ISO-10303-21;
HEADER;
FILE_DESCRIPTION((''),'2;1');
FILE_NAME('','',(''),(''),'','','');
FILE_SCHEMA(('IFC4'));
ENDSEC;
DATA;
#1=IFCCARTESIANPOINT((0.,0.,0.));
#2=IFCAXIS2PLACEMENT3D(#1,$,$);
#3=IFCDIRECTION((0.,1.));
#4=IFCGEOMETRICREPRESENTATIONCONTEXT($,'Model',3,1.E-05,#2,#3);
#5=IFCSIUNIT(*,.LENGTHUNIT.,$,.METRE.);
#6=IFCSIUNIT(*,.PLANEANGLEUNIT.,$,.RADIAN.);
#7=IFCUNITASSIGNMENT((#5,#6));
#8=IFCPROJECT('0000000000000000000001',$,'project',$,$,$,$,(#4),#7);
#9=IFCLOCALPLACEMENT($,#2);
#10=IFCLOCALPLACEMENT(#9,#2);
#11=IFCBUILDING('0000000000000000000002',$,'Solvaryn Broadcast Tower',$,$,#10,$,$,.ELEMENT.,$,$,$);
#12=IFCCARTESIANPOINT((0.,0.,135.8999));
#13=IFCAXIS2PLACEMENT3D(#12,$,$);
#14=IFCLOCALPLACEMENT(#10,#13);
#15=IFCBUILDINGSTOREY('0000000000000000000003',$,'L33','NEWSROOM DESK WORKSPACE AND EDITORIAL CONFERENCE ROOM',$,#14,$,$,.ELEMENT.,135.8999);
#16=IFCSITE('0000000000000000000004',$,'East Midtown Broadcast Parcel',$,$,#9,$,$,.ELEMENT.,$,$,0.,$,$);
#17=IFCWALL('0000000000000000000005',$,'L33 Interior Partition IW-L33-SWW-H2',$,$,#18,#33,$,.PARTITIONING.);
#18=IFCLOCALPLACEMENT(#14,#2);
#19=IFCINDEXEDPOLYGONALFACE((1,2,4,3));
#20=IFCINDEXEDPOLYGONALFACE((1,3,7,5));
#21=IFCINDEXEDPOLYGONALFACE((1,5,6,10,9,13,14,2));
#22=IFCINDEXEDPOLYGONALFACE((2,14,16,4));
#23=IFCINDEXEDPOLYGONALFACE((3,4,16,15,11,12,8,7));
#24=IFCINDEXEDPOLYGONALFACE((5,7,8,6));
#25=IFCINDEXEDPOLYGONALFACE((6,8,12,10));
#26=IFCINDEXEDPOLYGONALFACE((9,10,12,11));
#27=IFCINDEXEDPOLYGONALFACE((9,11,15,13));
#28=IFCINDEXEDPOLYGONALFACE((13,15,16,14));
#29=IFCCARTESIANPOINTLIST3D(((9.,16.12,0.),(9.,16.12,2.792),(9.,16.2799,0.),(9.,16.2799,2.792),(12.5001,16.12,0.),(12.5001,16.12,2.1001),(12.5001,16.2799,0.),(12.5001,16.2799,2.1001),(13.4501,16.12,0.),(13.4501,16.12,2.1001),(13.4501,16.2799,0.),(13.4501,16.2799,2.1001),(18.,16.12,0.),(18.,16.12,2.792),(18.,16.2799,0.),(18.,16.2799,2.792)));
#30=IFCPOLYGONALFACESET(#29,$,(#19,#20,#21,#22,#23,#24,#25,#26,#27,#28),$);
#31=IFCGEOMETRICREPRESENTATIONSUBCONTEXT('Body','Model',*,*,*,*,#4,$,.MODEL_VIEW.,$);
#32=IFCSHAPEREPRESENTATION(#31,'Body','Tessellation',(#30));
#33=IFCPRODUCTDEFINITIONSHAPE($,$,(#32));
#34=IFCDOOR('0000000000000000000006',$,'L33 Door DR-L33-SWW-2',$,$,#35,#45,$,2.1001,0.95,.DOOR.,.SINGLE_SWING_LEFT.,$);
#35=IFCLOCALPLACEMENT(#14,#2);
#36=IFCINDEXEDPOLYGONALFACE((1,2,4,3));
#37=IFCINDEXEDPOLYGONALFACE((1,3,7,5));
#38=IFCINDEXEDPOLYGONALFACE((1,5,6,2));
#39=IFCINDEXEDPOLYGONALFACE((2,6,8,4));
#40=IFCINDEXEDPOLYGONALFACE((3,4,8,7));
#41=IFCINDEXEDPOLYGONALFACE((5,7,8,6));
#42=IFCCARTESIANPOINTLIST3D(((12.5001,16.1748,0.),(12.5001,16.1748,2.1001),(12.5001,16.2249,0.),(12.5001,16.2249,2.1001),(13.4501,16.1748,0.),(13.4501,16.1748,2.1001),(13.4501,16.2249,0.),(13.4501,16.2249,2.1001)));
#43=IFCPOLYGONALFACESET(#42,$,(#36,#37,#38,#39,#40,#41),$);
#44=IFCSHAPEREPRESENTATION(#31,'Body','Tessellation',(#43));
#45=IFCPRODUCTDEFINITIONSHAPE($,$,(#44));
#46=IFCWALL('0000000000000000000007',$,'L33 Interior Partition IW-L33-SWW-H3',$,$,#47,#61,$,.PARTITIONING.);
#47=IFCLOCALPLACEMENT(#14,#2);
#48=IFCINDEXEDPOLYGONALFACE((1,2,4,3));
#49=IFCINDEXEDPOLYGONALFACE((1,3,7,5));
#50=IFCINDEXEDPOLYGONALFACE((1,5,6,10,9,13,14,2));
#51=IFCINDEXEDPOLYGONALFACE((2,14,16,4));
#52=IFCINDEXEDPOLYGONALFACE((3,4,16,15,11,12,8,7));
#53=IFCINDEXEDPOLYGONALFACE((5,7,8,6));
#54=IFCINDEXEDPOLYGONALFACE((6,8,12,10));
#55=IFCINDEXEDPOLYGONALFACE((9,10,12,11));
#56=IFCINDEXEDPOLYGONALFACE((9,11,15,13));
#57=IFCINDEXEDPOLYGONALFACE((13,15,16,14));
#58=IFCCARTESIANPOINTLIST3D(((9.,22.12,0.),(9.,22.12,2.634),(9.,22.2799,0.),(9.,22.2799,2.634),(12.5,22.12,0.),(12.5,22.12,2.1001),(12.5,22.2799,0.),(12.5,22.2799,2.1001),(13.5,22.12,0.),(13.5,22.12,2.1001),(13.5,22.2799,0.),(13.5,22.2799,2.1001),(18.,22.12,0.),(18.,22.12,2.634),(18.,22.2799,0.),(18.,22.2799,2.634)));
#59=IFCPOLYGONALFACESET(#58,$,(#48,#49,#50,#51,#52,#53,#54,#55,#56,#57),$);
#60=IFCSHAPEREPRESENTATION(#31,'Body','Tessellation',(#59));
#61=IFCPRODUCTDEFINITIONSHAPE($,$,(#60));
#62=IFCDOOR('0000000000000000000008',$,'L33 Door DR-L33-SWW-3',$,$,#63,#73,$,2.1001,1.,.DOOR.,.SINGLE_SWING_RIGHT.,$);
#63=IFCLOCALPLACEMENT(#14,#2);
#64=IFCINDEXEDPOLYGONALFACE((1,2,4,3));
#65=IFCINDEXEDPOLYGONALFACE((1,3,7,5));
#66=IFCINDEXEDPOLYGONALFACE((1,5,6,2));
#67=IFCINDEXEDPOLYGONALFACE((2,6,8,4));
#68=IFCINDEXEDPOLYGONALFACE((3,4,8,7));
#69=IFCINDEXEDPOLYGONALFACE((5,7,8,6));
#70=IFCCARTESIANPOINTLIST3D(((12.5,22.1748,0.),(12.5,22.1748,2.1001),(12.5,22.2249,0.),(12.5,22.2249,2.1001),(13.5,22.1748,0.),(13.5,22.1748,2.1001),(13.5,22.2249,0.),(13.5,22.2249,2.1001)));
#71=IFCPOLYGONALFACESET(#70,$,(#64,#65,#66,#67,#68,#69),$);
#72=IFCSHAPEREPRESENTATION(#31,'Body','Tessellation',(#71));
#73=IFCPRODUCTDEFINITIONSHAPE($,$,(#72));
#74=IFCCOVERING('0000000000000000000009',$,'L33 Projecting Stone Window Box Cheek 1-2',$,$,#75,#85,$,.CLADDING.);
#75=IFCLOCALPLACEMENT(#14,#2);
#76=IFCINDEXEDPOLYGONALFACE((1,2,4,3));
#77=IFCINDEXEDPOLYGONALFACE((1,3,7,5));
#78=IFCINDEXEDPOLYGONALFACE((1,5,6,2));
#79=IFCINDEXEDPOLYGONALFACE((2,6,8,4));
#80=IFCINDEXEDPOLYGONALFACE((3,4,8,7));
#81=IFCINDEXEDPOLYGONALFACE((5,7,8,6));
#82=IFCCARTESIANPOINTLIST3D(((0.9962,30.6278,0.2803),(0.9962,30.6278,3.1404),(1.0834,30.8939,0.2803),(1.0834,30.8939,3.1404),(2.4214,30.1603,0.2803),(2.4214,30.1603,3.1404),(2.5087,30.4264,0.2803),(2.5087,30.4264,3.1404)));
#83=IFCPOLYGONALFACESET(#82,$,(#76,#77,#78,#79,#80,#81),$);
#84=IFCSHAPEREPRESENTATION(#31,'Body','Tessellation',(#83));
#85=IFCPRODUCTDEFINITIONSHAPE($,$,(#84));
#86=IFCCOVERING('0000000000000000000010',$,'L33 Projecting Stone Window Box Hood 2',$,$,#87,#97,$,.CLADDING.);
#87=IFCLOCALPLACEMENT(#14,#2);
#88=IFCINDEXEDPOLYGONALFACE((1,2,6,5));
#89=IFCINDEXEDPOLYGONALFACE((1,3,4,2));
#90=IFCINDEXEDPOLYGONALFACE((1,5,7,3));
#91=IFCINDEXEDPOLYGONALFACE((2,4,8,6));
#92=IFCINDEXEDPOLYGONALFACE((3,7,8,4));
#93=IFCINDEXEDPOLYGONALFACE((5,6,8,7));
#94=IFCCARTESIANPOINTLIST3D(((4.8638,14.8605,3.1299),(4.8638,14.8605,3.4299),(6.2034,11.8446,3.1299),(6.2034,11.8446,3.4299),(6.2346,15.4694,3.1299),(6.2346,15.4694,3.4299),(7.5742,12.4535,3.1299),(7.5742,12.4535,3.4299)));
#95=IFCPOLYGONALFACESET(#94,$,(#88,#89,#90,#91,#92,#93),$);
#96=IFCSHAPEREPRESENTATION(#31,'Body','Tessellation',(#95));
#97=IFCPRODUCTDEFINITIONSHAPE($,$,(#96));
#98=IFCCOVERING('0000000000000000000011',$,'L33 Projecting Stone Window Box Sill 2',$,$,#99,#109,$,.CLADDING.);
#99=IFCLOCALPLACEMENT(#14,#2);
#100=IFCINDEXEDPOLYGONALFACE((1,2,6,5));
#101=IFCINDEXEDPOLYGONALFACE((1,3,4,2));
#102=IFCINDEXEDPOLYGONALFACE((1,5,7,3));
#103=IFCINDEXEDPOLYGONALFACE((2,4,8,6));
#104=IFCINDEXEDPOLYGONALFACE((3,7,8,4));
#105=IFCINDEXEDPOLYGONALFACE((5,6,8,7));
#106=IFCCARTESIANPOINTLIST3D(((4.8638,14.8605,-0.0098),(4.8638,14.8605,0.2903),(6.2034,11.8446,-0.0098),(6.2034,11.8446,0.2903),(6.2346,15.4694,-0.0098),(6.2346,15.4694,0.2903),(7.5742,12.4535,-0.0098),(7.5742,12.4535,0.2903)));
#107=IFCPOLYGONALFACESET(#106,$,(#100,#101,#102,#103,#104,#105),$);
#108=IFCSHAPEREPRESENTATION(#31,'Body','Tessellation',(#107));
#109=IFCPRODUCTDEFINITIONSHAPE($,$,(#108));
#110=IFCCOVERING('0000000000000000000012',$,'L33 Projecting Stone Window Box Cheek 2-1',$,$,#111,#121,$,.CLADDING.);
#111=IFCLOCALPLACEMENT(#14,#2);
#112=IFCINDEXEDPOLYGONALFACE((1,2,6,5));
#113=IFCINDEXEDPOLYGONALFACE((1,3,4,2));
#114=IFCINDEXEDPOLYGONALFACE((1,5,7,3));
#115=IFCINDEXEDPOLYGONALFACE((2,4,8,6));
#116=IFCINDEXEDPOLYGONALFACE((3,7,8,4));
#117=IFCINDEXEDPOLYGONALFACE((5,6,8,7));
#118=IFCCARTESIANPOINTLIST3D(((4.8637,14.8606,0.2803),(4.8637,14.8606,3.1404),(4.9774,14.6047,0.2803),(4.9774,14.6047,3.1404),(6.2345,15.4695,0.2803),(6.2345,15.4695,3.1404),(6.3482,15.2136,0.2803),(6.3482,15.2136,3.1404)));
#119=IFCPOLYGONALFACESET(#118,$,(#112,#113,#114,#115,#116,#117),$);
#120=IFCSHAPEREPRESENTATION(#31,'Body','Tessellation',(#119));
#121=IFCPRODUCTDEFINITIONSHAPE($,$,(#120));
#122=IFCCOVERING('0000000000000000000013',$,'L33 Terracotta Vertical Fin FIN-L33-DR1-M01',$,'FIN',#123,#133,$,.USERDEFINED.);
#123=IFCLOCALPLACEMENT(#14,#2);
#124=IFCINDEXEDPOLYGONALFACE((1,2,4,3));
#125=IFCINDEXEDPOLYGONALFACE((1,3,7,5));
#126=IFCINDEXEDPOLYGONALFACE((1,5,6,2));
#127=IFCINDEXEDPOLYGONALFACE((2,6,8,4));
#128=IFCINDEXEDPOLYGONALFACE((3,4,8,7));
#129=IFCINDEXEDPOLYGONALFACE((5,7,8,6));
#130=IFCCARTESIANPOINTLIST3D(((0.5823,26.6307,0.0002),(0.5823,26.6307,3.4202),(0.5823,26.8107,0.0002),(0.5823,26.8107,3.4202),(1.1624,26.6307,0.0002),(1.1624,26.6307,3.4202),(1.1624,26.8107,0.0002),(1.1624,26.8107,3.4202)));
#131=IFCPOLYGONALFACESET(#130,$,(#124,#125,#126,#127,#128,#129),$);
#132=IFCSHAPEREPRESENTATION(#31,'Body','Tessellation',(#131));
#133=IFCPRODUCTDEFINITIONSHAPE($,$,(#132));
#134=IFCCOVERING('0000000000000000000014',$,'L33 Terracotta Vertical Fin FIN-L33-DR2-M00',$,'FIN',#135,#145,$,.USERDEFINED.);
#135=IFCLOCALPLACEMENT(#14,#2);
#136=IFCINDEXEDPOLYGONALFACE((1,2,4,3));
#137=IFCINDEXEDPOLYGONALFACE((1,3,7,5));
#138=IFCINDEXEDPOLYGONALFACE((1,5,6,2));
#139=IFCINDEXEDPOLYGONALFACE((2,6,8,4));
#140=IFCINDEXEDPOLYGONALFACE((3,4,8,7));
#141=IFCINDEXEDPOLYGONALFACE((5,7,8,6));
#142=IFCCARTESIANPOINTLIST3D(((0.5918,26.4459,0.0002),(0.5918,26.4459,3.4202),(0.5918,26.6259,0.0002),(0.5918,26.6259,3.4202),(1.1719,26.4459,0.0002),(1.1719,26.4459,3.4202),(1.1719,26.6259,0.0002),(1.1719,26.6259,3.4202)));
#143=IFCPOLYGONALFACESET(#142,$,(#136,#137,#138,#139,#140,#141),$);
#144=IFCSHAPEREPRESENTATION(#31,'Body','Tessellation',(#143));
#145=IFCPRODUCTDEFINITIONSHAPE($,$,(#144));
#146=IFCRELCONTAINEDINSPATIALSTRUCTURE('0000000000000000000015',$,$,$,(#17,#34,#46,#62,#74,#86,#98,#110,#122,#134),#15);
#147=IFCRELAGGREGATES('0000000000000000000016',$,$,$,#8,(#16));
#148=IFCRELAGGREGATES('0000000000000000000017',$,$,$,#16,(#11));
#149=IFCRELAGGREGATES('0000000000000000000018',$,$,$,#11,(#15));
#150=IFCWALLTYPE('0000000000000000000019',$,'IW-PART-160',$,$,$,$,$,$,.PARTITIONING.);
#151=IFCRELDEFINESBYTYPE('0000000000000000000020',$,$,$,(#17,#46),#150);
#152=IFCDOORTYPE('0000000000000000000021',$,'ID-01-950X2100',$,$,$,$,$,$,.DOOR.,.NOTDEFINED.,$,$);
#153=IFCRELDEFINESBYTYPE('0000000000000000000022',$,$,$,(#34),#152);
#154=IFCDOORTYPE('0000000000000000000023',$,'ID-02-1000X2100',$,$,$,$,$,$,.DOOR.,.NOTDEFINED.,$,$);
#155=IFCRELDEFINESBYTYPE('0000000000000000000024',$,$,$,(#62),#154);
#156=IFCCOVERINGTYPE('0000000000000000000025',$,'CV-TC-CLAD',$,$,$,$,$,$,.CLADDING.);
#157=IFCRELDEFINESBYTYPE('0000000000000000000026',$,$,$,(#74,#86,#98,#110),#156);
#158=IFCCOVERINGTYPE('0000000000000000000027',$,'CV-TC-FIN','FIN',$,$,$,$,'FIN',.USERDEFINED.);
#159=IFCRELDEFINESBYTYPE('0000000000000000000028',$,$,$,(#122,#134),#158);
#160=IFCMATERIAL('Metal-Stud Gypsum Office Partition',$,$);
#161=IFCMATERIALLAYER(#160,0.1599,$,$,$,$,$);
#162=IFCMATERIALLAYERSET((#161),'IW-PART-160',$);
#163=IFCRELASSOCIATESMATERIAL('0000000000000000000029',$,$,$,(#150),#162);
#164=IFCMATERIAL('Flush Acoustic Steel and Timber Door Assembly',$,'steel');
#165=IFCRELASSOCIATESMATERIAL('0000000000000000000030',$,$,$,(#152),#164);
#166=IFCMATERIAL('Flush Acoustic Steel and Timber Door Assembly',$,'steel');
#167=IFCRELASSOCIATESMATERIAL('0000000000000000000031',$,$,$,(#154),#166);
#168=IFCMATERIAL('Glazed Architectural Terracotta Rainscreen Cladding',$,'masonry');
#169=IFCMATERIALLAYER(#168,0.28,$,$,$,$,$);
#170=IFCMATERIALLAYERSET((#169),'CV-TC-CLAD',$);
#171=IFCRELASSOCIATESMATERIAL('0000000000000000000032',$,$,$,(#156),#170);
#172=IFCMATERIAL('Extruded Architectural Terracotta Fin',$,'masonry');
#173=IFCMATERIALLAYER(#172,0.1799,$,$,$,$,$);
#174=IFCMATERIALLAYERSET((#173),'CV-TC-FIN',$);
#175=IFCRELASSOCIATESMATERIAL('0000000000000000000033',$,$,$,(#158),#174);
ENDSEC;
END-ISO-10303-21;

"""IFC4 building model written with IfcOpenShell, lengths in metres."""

from ifc_helpers import new_model, si_unit, direction, frame, frame_2d, origin, origin_2d, place, context, subcontext, project, spatial, rectangle, extrude, material, layer, layer_set, type_object, element, fill, save


model = new_model("IFC4")

# Units and contexts
model_context = context("Model", 3, precision=1e-05, world=origin(), true_north=direction((0.0, 1.0)))
body_context = subcontext(model_context, "Body", "Model", "MODEL_VIEW")
ifc_project = project(units=[si_unit("LENGTHUNIT", "METRE"), si_unit("PLANEANGLEUNIT", "RADIAN")], contexts=[model_context])

# Site, building, storey
site_placement = place(None, origin())
site = spatial("IfcSite", under=ifc_project, at=site_placement, Name="East Midtown Broadcast Parcel", CompositionType="ELEMENT", RefElevation=0.0)
building_placement = place(site_placement, origin())
building = spatial("IfcBuilding", under=site, at=building_placement, Name="Solvaryn Broadcast Tower", CompositionType="ELEMENT")
storey_placement = place(building_placement, frame((0.0, 0.0, 135.8999)))
storey = spatial("IfcBuildingStorey", under=building, at=storey_placement, Name="L33", Description="NEWSROOM DESK WORKSPACE AND EDITORIAL CONFERENCE ROOM", CompositionType="ELEMENT", Elevation=135.8999)

# Walls, openings, doors
ifc_material_1 = material(Name="Metal-Stud Gypsum Office Partition")
ifc_layer_1 = layer(ifc_material_1, 0.1599)
ifc_layer_set_1 = layer_set([ifc_layer_1], Name="IW-PART-160")
wall_type = type_object("IfcWallType", Name="IW-PART-160", PredefinedType="PARTITIONING", material=ifc_layer_set_1)
wall_1_placement = place(storey_placement, frame((9.0, 16.2, 0.0), z_axis=(0.0, 0.0, 1.0), x_axis=(1.0, 0.0, 0.0)))
wall_1 = element("IfcWall", 1, at=wall_1_placement, inside=storey, type_object=wall_type, Name="L33 Interior Partition IW-L33-SWW-H2", PredefinedType="PARTITIONING", context=body_context, shape_type="SweptSolid", body=[
    extrude(rectangle(XDim=9.0, YDim=0.1599, at=frame_2d((4.5, 0.0))), origin(), (0.0, 0.0, 1.0), 2.792),
])
opening_1_placement = place(wall_1_placement, frame((3.5, 0.0, 0.0)))
opening_1 = element("IfcOpeningElement", 2, at=opening_1_placement, cuts=wall_1, PredefinedType="OPENING", context=body_context, shape_type="SweptSolid", body=[
    extrude(rectangle(XDim=0.95, YDim=2.1001, at=frame_2d((0.4751, 1.05))), frame((0.0, 0.0901, 0.0), z_axis=(0.0, -1.0, 0.0), x_axis=(1.0, 0.0, 0.0)), (0.0, 0.0, 1.0), 0.1799),
])
ifc_material_2 = material(Name="Flush Acoustic Steel and Timber Door Assembly", Category="steel")
door_type_1 = type_object("IfcDoorType", Name="ID-01-950X2100", OperationType="NOTDEFINED", PredefinedType="DOOR", material=ifc_material_2)
door_1_placement = place(opening_1_placement, origin())
door_1 = element("IfcDoor", 3, at=door_1_placement, inside=storey, type_object=door_type_1, Name="L33 Door DR-L33-SWW-2", OperationType="SINGLE_SWING_LEFT", OverallHeight=2.1001, OverallWidth=0.95, PredefinedType="DOOR", context=body_context, shape_type="SweptSolid", body=[
    extrude(rectangle(XDim=0.95, YDim=2.1001, at=frame_2d((0.4751, 1.05))), frame((0.0, 0.0249, 0.0), z_axis=(0.0, -1.0, 0.0), x_axis=(1.0, 0.0, 0.0)), (0.0, 0.0, 1.0), 0.05),
])
fill(opening_1, door_1)
wall_2_placement = place(storey_placement, frame((9.0, 22.2, 0.0), z_axis=(0.0, 0.0, 1.0), x_axis=(1.0, 0.0, 0.0)))
wall_2 = element("IfcWall", 4, at=wall_2_placement, inside=storey, type_object=wall_type, Name="L33 Interior Partition IW-L33-SWW-H3", PredefinedType="PARTITIONING", context=body_context, shape_type="SweptSolid", body=[
    extrude(rectangle(XDim=9.0, YDim=0.1599, at=frame_2d((4.5, 0.0))), origin(), (0.0, 0.0, 1.0), 2.634),
])
opening_2_placement = place(wall_2_placement, frame((3.5, 0.0, 0.0)))
opening_2 = element("IfcOpeningElement", 5, at=opening_2_placement, cuts=wall_2, PredefinedType="OPENING", context=body_context, shape_type="SweptSolid", body=[
    extrude(rectangle(XDim=1.0, YDim=2.1001, at=frame_2d((0.5, 1.05))), frame((0.0, 0.0901, 0.0), z_axis=(0.0, -1.0, 0.0), x_axis=(1.0, 0.0, 0.0)), (0.0, 0.0, 1.0), 0.1799),
])
ifc_material_3 = material(Name="Flush Acoustic Steel and Timber Door Assembly", Category="steel")
door_type_2 = type_object("IfcDoorType", Name="ID-02-1000X2100", OperationType="NOTDEFINED", PredefinedType="DOOR", material=ifc_material_3)
door_2_placement = place(opening_2_placement, origin())
door_2 = element("IfcDoor", 6, at=door_2_placement, inside=storey, type_object=door_type_2, Name="L33 Door DR-L33-SWW-3", OperationType="SINGLE_SWING_RIGHT", OverallHeight=2.1001, OverallWidth=1.0, PredefinedType="DOOR", context=body_context, shape_type="SweptSolid", body=[
    extrude(rectangle(XDim=1.0, YDim=2.1001, at=frame_2d((0.5, 1.05))), frame((0.0, 0.0249, 0.0), z_axis=(0.0, -1.0, 0.0), x_axis=(1.0, 0.0, 0.0)), (0.0, 0.0, 1.0), 0.05),
])
fill(opening_2, door_2)

# Coverings
ifc_material_4 = material(Name="Glazed Architectural Terracotta Rainscreen Cladding", Category="masonry")
ifc_layer_2 = layer(ifc_material_4, 0.28)
ifc_layer_set_2 = layer_set([ifc_layer_2], Name="CV-TC-CLAD")
covering_type_1 = type_object("IfcCoveringType", Name="CV-TC-CLAD", PredefinedType="CLADDING", material=ifc_layer_set_2)
covering_1_placement = place(storey_placement, frame((1.7524, 30.5271, 0.2803), z_axis=(0.0, 0.0, 1.0), x_axis=(-0.311672, -0.95019, 0.0)))
element("IfcCovering", 7, at=covering_1_placement, inside=storey, type_object=covering_type_1, Name="L33 Projecting Stone Window Box Cheek 1-2", PredefinedType="CLADDING", context=body_context, shape_type="SweptSolid", body=[
    extrude(rectangle(XDim=0.28, YDim=1.5, at=origin_2d()), origin(), (0.0, 0.0, 1.0), 2.8601),
])
for number, where, z_axis, x_axis, name in (
    (8, (6.219, 13.657, 3.1299), (0.0, 0.0, 1.0), (0.405939, -0.9139, 0.0), "L33 Projecting Stone Window Box Hood 2"),
    (9, (6.219, 13.657, -0.0098), (0.0, 0.0, 1.0), (0.405939, -0.9139, 0.0), "L33 Projecting Stone Window Box Sill 2"),
):
    element("IfcCovering", number, at=place(storey_placement, frame(where, z_axis=z_axis, x_axis=x_axis)), inside=storey, type_object=covering_type_1, Name=name, PredefinedType="CLADDING", context=body_context, shape_type="SweptSolid", body=[
        extrude(rectangle(XDim=3.3, YDim=1.5, at=origin_2d()), origin(), (0.0, 0.0, 1.0), 0.3),
    ])
covering_2_placement = place(storey_placement, frame((5.606, 15.0371, 0.2803), z_axis=(0.0, 0.0, 1.0), x_axis=(0.405939, -0.9139, 0.0)))
element("IfcCovering", 10, at=covering_2_placement, inside=storey, type_object=covering_type_1, Name="L33 Projecting Stone Window Box Cheek 2-1", PredefinedType="CLADDING", context=body_context, shape_type="SweptSolid", body=[
    extrude(rectangle(XDim=0.28, YDim=1.5, at=origin_2d()), origin(), (0.0, 0.0, 1.0), 2.8601),
])
ifc_material_5 = material(Name="Extruded Architectural Terracotta Fin", Category="masonry")
ifc_layer_3 = layer(ifc_material_5, 0.1799)
ifc_layer_set_3 = layer_set([ifc_layer_3], Name="CV-TC-FIN")
covering_type_2 = type_object("IfcCoveringType", Name="CV-TC-FIN", Description="FIN", ElementType="FIN", PredefinedType="USERDEFINED", material=ifc_layer_set_3)
for number, where, z_axis, x_axis, name in (
    (11, (0.8723, 26.7207, 0.0002), (0.0, 0.0, 1.0), (1.0, 0.0, 0.0), "L33 Terracotta Vertical Fin FIN-L33-DR1-M01"),
    (12, (0.8818, 26.5359, 0.0002), (0.0, 0.0, 1.0), (1.0, 0.0, 0.0), "L33 Terracotta Vertical Fin FIN-L33-DR2-M00"),
):
    element("IfcCovering", number, at=place(storey_placement, frame(where, z_axis=z_axis, x_axis=x_axis)), inside=storey, type_object=covering_type_2, Name=name, ObjectType="FIN", PredefinedType="USERDEFINED", context=body_context, shape_type="SweptSolid", body=[
        extrude(rectangle(XDim=0.5801, YDim=0.1799, at=origin_2d()), origin(), (0.0, 0.0, 1.0), 3.4199),
    ])

save(model, "model.ifc")
